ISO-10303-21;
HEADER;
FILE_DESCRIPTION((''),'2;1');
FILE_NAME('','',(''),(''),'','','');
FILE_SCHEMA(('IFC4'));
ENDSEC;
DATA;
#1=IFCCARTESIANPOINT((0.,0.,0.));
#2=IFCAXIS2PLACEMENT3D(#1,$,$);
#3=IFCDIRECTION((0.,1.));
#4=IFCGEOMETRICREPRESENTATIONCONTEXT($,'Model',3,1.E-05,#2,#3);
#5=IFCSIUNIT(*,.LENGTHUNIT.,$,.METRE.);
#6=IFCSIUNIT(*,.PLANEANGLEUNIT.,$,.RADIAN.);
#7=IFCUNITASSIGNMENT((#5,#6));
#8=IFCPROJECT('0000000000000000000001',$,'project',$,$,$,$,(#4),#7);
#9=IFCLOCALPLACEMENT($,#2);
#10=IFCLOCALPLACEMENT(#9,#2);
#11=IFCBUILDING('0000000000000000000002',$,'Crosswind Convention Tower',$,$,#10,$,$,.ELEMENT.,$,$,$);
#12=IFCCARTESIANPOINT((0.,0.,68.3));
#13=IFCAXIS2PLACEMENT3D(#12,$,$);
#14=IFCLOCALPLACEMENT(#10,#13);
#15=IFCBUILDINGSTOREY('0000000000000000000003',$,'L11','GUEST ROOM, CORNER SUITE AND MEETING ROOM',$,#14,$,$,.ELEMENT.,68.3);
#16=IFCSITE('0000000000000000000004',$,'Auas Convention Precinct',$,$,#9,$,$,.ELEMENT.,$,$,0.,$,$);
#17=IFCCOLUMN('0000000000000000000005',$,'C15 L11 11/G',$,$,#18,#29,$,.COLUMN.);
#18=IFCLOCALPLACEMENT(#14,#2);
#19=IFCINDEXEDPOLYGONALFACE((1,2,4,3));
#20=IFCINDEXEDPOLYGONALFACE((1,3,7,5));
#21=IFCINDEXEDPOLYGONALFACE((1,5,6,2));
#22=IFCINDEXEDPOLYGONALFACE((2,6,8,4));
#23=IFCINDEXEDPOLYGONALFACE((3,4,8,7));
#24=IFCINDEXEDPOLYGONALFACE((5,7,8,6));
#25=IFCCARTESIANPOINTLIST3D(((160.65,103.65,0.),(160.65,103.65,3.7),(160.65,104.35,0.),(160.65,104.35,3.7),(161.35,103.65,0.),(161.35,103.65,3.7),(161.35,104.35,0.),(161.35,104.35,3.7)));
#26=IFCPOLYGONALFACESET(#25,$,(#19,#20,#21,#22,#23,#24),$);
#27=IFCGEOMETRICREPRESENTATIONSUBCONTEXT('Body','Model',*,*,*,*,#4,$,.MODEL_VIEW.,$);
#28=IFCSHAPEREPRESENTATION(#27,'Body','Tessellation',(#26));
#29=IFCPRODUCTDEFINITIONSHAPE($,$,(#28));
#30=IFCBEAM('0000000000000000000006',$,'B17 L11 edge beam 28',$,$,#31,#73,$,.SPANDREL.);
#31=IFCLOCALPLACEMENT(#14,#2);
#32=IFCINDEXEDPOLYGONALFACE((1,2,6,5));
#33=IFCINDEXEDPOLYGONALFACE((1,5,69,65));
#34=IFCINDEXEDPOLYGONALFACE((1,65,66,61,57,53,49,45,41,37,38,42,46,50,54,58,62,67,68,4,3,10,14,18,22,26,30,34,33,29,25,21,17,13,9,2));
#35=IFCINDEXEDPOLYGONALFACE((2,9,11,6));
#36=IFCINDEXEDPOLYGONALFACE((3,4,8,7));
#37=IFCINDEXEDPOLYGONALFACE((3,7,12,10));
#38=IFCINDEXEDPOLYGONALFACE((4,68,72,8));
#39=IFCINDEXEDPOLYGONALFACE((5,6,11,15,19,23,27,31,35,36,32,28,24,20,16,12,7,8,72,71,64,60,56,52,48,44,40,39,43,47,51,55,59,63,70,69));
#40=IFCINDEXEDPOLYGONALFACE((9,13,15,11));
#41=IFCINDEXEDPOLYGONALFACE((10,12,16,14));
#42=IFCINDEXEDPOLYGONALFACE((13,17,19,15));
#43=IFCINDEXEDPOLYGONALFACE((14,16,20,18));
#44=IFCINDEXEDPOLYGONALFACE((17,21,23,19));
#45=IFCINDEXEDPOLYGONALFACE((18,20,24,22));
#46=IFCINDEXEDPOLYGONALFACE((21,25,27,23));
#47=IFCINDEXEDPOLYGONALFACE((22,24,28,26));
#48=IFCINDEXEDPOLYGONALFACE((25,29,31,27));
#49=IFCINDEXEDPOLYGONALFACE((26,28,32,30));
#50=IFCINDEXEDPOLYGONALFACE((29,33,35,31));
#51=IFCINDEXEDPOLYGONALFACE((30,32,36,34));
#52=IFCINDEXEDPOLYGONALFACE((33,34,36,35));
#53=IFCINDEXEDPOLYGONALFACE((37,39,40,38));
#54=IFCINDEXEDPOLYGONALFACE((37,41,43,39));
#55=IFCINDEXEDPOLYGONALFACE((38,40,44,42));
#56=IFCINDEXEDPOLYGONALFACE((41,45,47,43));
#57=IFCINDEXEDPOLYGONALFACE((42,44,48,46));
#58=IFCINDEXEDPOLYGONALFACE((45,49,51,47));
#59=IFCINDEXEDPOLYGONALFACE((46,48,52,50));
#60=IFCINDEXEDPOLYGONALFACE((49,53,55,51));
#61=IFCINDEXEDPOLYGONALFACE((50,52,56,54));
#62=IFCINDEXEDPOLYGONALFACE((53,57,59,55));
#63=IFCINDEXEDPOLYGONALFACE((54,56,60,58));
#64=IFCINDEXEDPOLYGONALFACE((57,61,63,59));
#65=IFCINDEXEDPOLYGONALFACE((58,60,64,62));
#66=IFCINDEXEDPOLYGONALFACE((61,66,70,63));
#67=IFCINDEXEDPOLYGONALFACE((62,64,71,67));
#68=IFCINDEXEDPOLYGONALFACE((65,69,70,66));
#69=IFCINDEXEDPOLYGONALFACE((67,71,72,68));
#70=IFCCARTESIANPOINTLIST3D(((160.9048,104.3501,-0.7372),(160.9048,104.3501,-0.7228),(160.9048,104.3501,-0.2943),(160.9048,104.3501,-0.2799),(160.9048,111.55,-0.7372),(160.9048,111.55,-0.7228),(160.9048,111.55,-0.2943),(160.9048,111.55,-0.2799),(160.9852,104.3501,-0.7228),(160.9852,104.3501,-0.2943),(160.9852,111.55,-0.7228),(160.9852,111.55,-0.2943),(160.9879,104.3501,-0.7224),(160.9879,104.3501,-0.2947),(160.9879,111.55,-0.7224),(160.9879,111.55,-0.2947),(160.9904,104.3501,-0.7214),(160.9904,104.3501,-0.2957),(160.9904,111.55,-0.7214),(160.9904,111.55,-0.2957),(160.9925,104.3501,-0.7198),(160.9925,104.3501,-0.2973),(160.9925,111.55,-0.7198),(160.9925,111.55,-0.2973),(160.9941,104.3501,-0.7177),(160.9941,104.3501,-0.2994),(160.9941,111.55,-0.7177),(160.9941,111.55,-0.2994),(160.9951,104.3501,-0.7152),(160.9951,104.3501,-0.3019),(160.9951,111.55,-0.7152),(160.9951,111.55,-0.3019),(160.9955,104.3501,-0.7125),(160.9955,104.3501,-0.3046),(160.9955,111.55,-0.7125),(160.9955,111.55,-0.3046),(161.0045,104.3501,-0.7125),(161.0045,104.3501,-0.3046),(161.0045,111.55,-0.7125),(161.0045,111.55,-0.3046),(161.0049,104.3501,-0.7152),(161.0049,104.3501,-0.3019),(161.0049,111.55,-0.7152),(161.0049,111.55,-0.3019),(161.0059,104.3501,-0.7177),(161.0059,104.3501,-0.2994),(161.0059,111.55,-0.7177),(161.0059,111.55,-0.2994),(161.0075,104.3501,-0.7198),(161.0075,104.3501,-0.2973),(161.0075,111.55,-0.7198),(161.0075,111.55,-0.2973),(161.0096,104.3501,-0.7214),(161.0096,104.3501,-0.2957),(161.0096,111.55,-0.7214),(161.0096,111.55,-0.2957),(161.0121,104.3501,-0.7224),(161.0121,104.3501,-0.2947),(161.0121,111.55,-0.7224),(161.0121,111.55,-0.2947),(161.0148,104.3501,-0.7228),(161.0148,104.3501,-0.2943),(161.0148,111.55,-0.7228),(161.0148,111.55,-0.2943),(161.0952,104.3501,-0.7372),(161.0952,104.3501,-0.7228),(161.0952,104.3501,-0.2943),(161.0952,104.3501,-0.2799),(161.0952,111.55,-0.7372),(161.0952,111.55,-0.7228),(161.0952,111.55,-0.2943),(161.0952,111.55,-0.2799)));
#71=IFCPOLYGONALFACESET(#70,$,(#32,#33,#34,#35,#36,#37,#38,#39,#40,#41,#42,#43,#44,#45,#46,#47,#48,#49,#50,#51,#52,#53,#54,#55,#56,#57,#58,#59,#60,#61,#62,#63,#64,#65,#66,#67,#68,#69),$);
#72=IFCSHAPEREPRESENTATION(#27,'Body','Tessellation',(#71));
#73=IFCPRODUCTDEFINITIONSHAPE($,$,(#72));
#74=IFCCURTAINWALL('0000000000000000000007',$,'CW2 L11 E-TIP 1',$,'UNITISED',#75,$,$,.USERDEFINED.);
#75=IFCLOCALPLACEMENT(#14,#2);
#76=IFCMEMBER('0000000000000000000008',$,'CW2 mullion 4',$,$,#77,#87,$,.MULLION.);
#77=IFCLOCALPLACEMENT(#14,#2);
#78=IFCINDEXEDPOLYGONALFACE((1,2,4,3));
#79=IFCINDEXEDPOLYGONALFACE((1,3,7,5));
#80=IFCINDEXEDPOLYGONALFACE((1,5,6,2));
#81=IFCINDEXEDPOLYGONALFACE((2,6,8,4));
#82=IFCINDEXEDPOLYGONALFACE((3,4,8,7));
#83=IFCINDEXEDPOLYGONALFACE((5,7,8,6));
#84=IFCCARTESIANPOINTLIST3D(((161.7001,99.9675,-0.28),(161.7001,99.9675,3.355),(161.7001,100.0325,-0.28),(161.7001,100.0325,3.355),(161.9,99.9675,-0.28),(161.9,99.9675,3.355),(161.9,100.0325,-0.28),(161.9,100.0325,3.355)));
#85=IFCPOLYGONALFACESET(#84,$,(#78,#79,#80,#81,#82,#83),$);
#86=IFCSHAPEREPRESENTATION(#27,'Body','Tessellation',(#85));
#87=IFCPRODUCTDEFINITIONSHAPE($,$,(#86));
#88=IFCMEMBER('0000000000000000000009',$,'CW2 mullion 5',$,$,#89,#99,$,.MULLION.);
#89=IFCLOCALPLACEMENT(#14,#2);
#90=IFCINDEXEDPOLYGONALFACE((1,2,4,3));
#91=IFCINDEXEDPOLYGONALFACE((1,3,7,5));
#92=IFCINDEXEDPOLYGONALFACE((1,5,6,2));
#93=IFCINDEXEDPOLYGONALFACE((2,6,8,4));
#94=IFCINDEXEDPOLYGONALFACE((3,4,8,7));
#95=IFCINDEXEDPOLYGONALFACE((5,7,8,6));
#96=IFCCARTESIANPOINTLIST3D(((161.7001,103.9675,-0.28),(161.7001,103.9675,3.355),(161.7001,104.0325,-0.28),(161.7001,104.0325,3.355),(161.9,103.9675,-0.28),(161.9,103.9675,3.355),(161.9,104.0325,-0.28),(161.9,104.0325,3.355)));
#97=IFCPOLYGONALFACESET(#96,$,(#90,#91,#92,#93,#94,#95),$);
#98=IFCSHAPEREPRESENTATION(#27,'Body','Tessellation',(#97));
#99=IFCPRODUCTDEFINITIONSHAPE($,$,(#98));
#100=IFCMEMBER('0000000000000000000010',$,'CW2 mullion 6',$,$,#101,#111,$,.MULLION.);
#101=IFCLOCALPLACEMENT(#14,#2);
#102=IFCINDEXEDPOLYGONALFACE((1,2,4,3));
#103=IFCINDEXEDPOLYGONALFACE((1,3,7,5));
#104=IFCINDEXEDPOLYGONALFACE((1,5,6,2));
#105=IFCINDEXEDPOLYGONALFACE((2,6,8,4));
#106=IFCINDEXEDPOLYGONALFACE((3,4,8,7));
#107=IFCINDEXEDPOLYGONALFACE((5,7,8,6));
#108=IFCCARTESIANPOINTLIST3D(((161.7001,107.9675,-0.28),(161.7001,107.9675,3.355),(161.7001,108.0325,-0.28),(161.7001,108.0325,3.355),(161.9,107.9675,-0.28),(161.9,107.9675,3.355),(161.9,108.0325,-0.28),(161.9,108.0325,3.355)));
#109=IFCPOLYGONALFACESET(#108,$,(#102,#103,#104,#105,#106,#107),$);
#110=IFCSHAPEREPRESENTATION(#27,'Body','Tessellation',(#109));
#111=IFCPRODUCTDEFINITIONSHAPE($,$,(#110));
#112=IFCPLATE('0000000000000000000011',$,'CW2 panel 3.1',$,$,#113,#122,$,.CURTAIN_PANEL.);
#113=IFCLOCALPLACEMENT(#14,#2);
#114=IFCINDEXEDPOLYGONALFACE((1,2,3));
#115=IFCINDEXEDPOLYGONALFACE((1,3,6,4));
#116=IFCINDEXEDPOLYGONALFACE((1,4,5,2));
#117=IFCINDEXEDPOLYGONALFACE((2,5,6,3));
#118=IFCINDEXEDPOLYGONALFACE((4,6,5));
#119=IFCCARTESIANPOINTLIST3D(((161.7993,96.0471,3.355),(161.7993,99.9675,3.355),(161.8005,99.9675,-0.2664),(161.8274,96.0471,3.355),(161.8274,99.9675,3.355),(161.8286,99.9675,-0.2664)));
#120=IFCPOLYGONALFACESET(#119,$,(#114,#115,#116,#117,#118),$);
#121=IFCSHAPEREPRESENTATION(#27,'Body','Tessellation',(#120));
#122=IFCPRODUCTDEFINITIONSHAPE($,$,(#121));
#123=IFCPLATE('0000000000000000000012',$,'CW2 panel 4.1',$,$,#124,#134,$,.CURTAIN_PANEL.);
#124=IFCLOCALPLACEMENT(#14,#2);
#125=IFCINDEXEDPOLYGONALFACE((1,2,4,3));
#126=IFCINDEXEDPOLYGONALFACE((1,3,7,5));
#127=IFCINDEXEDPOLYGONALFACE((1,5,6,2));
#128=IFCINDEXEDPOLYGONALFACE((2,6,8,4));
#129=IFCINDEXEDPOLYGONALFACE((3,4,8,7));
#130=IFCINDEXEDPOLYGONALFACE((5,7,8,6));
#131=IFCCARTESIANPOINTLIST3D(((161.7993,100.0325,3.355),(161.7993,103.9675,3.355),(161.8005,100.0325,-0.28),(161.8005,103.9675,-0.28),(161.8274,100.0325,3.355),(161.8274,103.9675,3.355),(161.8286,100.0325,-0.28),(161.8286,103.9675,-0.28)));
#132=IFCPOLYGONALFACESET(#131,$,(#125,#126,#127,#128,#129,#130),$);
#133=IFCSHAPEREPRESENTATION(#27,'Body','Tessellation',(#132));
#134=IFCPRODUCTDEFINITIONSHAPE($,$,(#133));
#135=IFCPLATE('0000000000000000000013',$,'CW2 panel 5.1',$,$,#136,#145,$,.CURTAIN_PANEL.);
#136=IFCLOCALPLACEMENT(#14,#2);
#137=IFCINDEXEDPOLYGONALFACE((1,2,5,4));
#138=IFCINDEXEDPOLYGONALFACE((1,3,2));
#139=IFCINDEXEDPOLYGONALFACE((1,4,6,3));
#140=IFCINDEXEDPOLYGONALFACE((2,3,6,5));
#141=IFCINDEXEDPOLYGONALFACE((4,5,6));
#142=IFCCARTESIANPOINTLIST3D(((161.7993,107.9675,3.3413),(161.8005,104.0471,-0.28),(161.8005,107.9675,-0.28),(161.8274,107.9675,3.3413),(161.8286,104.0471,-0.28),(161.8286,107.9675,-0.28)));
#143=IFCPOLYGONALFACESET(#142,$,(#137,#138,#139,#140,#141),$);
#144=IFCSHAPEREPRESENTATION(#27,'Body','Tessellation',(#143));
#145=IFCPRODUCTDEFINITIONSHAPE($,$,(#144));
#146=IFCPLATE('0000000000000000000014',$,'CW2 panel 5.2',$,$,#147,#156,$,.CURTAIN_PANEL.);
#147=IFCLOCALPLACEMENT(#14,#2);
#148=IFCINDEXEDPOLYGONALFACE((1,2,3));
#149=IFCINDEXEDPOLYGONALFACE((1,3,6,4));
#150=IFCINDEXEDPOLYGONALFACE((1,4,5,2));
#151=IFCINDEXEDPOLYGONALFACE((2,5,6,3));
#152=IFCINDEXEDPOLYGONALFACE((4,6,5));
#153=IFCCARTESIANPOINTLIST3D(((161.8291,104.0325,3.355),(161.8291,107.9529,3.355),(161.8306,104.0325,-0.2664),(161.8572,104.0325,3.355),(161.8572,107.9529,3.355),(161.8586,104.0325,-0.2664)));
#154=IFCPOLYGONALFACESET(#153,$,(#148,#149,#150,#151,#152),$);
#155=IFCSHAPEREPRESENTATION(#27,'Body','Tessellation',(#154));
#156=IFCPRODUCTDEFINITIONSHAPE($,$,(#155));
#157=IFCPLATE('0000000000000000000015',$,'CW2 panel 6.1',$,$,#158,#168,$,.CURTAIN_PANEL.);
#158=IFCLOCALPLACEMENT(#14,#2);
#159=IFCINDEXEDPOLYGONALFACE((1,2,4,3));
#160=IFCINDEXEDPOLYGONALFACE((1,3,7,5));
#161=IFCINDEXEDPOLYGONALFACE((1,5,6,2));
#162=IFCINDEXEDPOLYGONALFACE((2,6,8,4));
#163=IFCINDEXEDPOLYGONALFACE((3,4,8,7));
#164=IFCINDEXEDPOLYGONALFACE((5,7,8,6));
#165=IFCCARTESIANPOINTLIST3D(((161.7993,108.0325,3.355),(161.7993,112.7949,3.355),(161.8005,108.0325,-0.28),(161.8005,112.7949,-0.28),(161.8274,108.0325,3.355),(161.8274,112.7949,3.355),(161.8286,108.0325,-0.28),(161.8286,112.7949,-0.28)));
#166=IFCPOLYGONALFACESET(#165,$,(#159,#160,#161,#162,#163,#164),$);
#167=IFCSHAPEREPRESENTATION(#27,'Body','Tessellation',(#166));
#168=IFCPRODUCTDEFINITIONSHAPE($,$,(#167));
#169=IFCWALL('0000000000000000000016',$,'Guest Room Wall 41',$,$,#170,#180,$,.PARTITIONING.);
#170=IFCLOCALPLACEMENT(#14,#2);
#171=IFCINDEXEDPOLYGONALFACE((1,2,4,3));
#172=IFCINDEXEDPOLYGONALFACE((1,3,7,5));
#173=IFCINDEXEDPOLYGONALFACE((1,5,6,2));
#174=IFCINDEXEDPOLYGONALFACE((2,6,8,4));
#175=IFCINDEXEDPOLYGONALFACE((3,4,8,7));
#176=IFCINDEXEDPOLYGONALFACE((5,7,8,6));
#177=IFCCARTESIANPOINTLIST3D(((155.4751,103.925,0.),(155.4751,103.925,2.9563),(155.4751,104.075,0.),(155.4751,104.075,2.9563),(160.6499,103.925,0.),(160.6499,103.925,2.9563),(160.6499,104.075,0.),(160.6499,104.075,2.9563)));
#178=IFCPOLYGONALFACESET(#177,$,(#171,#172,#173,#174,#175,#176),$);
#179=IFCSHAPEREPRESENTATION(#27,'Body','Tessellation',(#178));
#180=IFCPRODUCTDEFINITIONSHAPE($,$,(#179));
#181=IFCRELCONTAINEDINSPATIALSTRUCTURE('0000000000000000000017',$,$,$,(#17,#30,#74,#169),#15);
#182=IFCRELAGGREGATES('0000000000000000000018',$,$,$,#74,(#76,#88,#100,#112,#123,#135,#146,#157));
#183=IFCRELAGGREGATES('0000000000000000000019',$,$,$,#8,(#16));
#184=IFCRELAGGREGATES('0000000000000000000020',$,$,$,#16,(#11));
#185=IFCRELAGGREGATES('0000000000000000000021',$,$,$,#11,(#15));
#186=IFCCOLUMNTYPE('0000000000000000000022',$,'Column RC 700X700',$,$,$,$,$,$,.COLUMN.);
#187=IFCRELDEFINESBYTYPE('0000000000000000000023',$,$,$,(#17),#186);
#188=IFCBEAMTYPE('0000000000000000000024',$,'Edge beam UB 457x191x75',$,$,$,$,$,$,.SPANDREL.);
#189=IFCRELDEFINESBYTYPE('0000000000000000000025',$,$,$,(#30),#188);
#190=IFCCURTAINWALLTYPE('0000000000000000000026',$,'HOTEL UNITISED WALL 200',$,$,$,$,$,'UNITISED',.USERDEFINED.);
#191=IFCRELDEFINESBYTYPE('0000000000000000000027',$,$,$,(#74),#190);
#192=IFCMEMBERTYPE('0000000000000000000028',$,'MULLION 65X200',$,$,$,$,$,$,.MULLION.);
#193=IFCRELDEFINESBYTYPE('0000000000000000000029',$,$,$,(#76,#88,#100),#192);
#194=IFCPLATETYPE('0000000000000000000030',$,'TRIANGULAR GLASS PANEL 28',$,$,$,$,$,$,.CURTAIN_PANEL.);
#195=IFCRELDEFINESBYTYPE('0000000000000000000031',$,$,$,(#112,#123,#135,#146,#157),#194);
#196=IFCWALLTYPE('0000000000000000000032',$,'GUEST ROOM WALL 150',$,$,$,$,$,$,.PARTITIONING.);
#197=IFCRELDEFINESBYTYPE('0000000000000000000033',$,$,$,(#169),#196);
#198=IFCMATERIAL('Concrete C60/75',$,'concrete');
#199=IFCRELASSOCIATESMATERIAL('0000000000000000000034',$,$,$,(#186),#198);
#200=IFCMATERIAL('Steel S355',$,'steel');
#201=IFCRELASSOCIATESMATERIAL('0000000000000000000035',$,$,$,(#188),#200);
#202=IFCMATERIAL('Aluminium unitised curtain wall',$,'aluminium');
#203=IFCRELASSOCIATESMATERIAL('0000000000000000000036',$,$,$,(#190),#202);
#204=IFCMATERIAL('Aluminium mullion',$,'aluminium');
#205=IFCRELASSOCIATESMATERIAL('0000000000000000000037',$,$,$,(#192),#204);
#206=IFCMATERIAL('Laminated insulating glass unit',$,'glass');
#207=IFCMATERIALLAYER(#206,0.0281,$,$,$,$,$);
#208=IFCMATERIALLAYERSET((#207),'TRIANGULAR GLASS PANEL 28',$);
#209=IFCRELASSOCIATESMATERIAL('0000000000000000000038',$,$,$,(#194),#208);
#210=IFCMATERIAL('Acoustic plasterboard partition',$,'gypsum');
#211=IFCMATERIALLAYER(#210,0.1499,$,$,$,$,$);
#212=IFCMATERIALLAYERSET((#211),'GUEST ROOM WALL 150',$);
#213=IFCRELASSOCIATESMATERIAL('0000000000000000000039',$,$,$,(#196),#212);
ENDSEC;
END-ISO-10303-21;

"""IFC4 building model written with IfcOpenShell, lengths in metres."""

from ifc_helpers import new_model, si_unit, direction, frame, frame_2d, origin, origin_2d, place, context, subcontext, project, spatial, polyline, rectangle, i_section, outline, extrude, material, layer, layer_set, material_profile, profile_set, type_object, element, aggregate, save


model = new_model("IFC4")

# Units and contexts
model_context = context("Model", 3, precision=1e-05, world=origin(), true_north=direction((0.0, 1.0)))
body_context = subcontext(model_context, "Body", "Model", "MODEL_VIEW")
ifc_project = project(units=[si_unit("LENGTHUNIT", "METRE"), si_unit("PLANEANGLEUNIT", "RADIAN")], contexts=[model_context])

# Site, building, storey
site_placement = place(None, origin())
site = spatial("IfcSite", under=ifc_project, at=site_placement, Name="Auas Convention Precinct", CompositionType="ELEMENT", RefElevation=0.0)
building_placement = place(site_placement, origin())
building = spatial("IfcBuilding", under=site, at=building_placement, Name="Crosswind Convention Tower", CompositionType="ELEMENT")
storey_placement = place(building_placement, frame((0.0, 0.0, 68.3)))
storey = spatial("IfcBuildingStorey", under=building, at=storey_placement, Name="L11", Description="GUEST ROOM, CORNER SUITE AND MEETING ROOM", CompositionType="ELEMENT", Elevation=68.3)

# Column
ifc_material_1 = material(Name="Concrete C60/75", Category="concrete")
ifc_material_profile_1 = material_profile(ifc_material_1, rectangle(XDim=0.7, YDim=0.7, at=origin_2d()), Name="RC 700X700")
ifc_profile_set_1 = profile_set([ifc_material_profile_1], Name="Concrete C60/75")
column_type = type_object("IfcColumnType", Name="Column RC 700X700", PredefinedType="COLUMN", material=ifc_profile_set_1)
column_placement = place(storey_placement, frame((161.0, 104.0, 0.0), z_axis=(0.0, 0.0, 1.0), x_axis=(1.0, 0.0, 0.0)))
element("IfcColumn", 1, at=column_placement, inside=storey, type_object=column_type, Name="C15 L11 11/G", PredefinedType="COLUMN", context=body_context, shape_type="SweptSolid", body=[
    extrude(rectangle(XDim=0.7, YDim=0.7, at=origin_2d()), origin(), (0.0, 0.0, 1.0), 3.7),
])

# Beam
ifc_material_2 = material(Name="Steel S355", Category="steel")
ifc_material_profile_2 = material_profile(ifc_material_2, i_section(OverallWidth=0.1904, OverallDepth=0.4573, WebThickness=0.009, FlangeThickness=0.0144, FilletRadius=0.0103, at=origin_2d()), Name="UB 457x191x75")
ifc_profile_set_2 = profile_set([ifc_material_profile_2], Name="Steel S355")
beam_type = type_object("IfcBeamType", Name="Edge beam UB 457x191x75", PredefinedType="SPANDREL", material=ifc_profile_set_2)
beam_placement = place(storey_placement, frame((161.0, 104.3501, -0.5085), z_axis=(0.0, 1.0, 0.0), x_axis=(-1.0, 0.0, 0.0)))
element("IfcBeam", 2, at=beam_placement, inside=storey, type_object=beam_type, Name="B17 L11 edge beam 28", PredefinedType="SPANDREL", context=body_context, shape_type="SweptSolid", body=[
    extrude(i_section(OverallWidth=0.1904, OverallDepth=0.4573, WebThickness=0.009, FlangeThickness=0.0144, FilletRadius=0.0103, at=origin_2d()), origin(), (0.0, 0.0, 1.0), 7.2),
])

# Curtain wall, members, plates
ifc_material_3 = material(Name="Aluminium unitised curtain wall", Category="aluminium")
curtain_wall_type = type_object("IfcCurtainWallType", Name="HOTEL UNITISED WALL 200", ElementType="UNITISED", PredefinedType="USERDEFINED", material=ifc_material_3)
curtain_wall_placement = place(storey_placement, origin())
curtain_wall = element("IfcCurtainWall", 3, at=curtain_wall_placement, inside=storey, type_object=curtain_wall_type, Name="CW2 L11 E-TIP 1", ObjectType="UNITISED", PredefinedType="USERDEFINED")
ifc_material_4 = material(Name="Aluminium mullion", Category="aluminium")
ifc_material_profile_3 = material_profile(ifc_material_4, rectangle(XDim=0.2, YDim=0.0649, at=origin_2d()), Name="AL 200X65")
ifc_profile_set_3 = profile_set([ifc_material_profile_3], Name="Aluminium mullion")
member_type = type_object("IfcMemberType", Name="MULLION 65X200", PredefinedType="MULLION", material=ifc_profile_set_3)
member_1_placement = place(storey_placement, frame((161.8, 100.0, -0.28), z_axis=(0.0, 0.0, 1.0), x_axis=(1.0, 0.0, 0.0)))
member_1 = element("IfcMember", 4, at=member_1_placement, type_object=member_type, Name="CW2 mullion 4", PredefinedType="MULLION", context=body_context, shape_type="SweptSolid", body=[
    extrude(rectangle(XDim=0.2, YDim=0.0649, at=origin_2d()), origin(), (0.0, 0.0, 1.0), 3.635),
])
member_2_placement = place(storey_placement, frame((161.8, 104.0, -0.28), z_axis=(0.0, 0.0, 1.0), x_axis=(1.0, 0.0, 0.0)))
member_2 = element("IfcMember", 5, at=member_2_placement, type_object=member_type, Name="CW2 mullion 5", PredefinedType="MULLION", context=body_context, shape_type="SweptSolid", body=[
    extrude(rectangle(XDim=0.2, YDim=0.0649, at=origin_2d()), origin(), (0.0, 0.0, 1.0), 3.635),
])
member_3_placement = place(storey_placement, frame((161.8, 108.0, -0.28), z_axis=(0.0, 0.0, 1.0), x_axis=(1.0, 0.0, 0.0)))
member_3 = element("IfcMember", 6, at=member_3_placement, type_object=member_type, Name="CW2 mullion 6", PredefinedType="MULLION", context=body_context, shape_type="SweptSolid", body=[
    extrude(rectangle(XDim=0.2, YDim=0.0649, at=origin_2d()), origin(), (0.0, 0.0, 1.0), 3.635),
])
ifc_material_5 = material(Name="Laminated insulating glass unit", Category="glass")
ifc_layer_1 = layer(ifc_material_5, 0.0281)
ifc_layer_set_1 = layer_set([ifc_layer_1], Name="TRIANGULAR GLASS PANEL 28")
plate_type = type_object("IfcPlateType", Name="TRIANGULAR GLASS PANEL 28", PredefinedType="CURTAIN_PANEL", material=ifc_layer_set_1)
plate_1_placement = place(storey_placement, frame((161.8274, 99.9675, 3.355), z_axis=(1.0, 0.0, 0.000337), x_axis=(0.0, -1.0, 0.0)))
plate_1 = element("IfcPlate", 7, at=plate_1_placement, type_object=plate_type, Name="CW2 panel 3.1", PredefinedType="CURTAIN_PANEL", context=body_context, shape_type="SweptSolid", body=[
    extrude(outline(polyline([(0.0, 0.0), (3.9204, 0.0), (0.0, 3.6213), (0.0, 0.0)])), origin(), (0.0, 0.0, -1.0), 0.0281),
])
plate_2_placement = place(storey_placement, frame((161.8286, 100.0325, -0.28), z_axis=(1.0, 0.0, 0.000336), x_axis=(0.0, 1.0, 0.0)))
plate_2 = element("IfcPlate", 8, at=plate_2_placement, type_object=plate_type, Name="CW2 panel 4.1", PredefinedType="CURTAIN_PANEL", context=body_context, shape_type="SweptSolid", body=[
    extrude(outline(polyline([(0.0, 0.0), (3.9351, 0.0), (3.9351, 3.635), (0.0, 3.635), (0.0, 0.0)])), origin(), (0.0, 0.0, -1.0), 0.0281),
])
plate_3_placement = place(storey_placement, frame((161.8286, 107.9675, -0.28), z_axis=(1.0, 0.0, 0.000337), x_axis=(-0.000337, 0.0, 1.0)))
plate_3 = element("IfcPlate", 9, at=plate_3_placement, type_object=plate_type, Name="CW2 panel 5.1", PredefinedType="CURTAIN_PANEL", context=body_context, shape_type="SweptSolid", body=[
    extrude(outline(polyline([(0.0, 0.0), (3.6213, 0.0), (0.0, 3.9204), (0.0, 0.0)])), origin(), (0.0, 0.0, -1.0), 0.0281),
])
plate_4_placement = place(storey_placement, frame((161.8572, 104.0325, 3.355), z_axis=(1.0, 0.0, 0.000405), x_axis=(0.000405, 0.0, -1.0)))
plate_4 = element("IfcPlate", 10, at=plate_4_placement, type_object=plate_type, Name="CW2 panel 5.2", PredefinedType="CURTAIN_PANEL", context=body_context, shape_type="SweptSolid", body=[
    extrude(outline(polyline([(0.0, 0.0), (3.6213, 0.0), (0.0, 3.9204), (0.0, 0.0)])), origin(), (0.0, 0.0, -1.0), 0.0281),
])
plate_5_placement = place(storey_placement, frame((161.8286, 108.0325, -0.28), z_axis=(1.0, 0.0, 0.000336), x_axis=(0.0, 1.0, 0.0)))
plate_5 = element("IfcPlate", 11, at=plate_5_placement, type_object=plate_type, Name="CW2 panel 6.1", PredefinedType="CURTAIN_PANEL", context=body_context, shape_type="SweptSolid", body=[
    extrude(outline(polyline([(0.0, 0.0), (4.7625, 0.0), (4.7625, 3.635), (0.0, 3.635), (0.0, 0.0)])), origin(), (0.0, 0.0, -1.0), 0.0281),
])
aggregate(curtain_wall, [member_1, member_2, member_3, plate_1, plate_2, plate_3, plate_4, plate_5])

# Wall
ifc_material_6 = material(Name="Acoustic plasterboard partition", Category="gypsum")
ifc_layer_2 = layer(ifc_material_6, 0.1499)
ifc_layer_set_2 = layer_set([ifc_layer_2], Name="GUEST ROOM WALL 150")
wall_type_1 = type_object("IfcWallType", Name="GUEST ROOM WALL 150", PredefinedType="PARTITIONING", material=ifc_layer_set_2)
wall_1_placement = place(storey_placement, frame((155.4751, 104.0, 0.0), z_axis=(0.0, 0.0, 1.0), x_axis=(1.0, 0.0, 0.0)))
element("IfcWall", 12, at=wall_1_placement, inside=storey, type_object=wall_type_1, Name="Guest Room Wall 41", PredefinedType="PARTITIONING", context=body_context, shape_type="SweptSolid", body=[
    extrude(rectangle(XDim=5.1748, YDim=0.1499, at=frame_2d((2.5874, 0.0))), origin(), (0.0, 0.0, 1.0), 2.9563),
])

save(model, "model.ifc")
